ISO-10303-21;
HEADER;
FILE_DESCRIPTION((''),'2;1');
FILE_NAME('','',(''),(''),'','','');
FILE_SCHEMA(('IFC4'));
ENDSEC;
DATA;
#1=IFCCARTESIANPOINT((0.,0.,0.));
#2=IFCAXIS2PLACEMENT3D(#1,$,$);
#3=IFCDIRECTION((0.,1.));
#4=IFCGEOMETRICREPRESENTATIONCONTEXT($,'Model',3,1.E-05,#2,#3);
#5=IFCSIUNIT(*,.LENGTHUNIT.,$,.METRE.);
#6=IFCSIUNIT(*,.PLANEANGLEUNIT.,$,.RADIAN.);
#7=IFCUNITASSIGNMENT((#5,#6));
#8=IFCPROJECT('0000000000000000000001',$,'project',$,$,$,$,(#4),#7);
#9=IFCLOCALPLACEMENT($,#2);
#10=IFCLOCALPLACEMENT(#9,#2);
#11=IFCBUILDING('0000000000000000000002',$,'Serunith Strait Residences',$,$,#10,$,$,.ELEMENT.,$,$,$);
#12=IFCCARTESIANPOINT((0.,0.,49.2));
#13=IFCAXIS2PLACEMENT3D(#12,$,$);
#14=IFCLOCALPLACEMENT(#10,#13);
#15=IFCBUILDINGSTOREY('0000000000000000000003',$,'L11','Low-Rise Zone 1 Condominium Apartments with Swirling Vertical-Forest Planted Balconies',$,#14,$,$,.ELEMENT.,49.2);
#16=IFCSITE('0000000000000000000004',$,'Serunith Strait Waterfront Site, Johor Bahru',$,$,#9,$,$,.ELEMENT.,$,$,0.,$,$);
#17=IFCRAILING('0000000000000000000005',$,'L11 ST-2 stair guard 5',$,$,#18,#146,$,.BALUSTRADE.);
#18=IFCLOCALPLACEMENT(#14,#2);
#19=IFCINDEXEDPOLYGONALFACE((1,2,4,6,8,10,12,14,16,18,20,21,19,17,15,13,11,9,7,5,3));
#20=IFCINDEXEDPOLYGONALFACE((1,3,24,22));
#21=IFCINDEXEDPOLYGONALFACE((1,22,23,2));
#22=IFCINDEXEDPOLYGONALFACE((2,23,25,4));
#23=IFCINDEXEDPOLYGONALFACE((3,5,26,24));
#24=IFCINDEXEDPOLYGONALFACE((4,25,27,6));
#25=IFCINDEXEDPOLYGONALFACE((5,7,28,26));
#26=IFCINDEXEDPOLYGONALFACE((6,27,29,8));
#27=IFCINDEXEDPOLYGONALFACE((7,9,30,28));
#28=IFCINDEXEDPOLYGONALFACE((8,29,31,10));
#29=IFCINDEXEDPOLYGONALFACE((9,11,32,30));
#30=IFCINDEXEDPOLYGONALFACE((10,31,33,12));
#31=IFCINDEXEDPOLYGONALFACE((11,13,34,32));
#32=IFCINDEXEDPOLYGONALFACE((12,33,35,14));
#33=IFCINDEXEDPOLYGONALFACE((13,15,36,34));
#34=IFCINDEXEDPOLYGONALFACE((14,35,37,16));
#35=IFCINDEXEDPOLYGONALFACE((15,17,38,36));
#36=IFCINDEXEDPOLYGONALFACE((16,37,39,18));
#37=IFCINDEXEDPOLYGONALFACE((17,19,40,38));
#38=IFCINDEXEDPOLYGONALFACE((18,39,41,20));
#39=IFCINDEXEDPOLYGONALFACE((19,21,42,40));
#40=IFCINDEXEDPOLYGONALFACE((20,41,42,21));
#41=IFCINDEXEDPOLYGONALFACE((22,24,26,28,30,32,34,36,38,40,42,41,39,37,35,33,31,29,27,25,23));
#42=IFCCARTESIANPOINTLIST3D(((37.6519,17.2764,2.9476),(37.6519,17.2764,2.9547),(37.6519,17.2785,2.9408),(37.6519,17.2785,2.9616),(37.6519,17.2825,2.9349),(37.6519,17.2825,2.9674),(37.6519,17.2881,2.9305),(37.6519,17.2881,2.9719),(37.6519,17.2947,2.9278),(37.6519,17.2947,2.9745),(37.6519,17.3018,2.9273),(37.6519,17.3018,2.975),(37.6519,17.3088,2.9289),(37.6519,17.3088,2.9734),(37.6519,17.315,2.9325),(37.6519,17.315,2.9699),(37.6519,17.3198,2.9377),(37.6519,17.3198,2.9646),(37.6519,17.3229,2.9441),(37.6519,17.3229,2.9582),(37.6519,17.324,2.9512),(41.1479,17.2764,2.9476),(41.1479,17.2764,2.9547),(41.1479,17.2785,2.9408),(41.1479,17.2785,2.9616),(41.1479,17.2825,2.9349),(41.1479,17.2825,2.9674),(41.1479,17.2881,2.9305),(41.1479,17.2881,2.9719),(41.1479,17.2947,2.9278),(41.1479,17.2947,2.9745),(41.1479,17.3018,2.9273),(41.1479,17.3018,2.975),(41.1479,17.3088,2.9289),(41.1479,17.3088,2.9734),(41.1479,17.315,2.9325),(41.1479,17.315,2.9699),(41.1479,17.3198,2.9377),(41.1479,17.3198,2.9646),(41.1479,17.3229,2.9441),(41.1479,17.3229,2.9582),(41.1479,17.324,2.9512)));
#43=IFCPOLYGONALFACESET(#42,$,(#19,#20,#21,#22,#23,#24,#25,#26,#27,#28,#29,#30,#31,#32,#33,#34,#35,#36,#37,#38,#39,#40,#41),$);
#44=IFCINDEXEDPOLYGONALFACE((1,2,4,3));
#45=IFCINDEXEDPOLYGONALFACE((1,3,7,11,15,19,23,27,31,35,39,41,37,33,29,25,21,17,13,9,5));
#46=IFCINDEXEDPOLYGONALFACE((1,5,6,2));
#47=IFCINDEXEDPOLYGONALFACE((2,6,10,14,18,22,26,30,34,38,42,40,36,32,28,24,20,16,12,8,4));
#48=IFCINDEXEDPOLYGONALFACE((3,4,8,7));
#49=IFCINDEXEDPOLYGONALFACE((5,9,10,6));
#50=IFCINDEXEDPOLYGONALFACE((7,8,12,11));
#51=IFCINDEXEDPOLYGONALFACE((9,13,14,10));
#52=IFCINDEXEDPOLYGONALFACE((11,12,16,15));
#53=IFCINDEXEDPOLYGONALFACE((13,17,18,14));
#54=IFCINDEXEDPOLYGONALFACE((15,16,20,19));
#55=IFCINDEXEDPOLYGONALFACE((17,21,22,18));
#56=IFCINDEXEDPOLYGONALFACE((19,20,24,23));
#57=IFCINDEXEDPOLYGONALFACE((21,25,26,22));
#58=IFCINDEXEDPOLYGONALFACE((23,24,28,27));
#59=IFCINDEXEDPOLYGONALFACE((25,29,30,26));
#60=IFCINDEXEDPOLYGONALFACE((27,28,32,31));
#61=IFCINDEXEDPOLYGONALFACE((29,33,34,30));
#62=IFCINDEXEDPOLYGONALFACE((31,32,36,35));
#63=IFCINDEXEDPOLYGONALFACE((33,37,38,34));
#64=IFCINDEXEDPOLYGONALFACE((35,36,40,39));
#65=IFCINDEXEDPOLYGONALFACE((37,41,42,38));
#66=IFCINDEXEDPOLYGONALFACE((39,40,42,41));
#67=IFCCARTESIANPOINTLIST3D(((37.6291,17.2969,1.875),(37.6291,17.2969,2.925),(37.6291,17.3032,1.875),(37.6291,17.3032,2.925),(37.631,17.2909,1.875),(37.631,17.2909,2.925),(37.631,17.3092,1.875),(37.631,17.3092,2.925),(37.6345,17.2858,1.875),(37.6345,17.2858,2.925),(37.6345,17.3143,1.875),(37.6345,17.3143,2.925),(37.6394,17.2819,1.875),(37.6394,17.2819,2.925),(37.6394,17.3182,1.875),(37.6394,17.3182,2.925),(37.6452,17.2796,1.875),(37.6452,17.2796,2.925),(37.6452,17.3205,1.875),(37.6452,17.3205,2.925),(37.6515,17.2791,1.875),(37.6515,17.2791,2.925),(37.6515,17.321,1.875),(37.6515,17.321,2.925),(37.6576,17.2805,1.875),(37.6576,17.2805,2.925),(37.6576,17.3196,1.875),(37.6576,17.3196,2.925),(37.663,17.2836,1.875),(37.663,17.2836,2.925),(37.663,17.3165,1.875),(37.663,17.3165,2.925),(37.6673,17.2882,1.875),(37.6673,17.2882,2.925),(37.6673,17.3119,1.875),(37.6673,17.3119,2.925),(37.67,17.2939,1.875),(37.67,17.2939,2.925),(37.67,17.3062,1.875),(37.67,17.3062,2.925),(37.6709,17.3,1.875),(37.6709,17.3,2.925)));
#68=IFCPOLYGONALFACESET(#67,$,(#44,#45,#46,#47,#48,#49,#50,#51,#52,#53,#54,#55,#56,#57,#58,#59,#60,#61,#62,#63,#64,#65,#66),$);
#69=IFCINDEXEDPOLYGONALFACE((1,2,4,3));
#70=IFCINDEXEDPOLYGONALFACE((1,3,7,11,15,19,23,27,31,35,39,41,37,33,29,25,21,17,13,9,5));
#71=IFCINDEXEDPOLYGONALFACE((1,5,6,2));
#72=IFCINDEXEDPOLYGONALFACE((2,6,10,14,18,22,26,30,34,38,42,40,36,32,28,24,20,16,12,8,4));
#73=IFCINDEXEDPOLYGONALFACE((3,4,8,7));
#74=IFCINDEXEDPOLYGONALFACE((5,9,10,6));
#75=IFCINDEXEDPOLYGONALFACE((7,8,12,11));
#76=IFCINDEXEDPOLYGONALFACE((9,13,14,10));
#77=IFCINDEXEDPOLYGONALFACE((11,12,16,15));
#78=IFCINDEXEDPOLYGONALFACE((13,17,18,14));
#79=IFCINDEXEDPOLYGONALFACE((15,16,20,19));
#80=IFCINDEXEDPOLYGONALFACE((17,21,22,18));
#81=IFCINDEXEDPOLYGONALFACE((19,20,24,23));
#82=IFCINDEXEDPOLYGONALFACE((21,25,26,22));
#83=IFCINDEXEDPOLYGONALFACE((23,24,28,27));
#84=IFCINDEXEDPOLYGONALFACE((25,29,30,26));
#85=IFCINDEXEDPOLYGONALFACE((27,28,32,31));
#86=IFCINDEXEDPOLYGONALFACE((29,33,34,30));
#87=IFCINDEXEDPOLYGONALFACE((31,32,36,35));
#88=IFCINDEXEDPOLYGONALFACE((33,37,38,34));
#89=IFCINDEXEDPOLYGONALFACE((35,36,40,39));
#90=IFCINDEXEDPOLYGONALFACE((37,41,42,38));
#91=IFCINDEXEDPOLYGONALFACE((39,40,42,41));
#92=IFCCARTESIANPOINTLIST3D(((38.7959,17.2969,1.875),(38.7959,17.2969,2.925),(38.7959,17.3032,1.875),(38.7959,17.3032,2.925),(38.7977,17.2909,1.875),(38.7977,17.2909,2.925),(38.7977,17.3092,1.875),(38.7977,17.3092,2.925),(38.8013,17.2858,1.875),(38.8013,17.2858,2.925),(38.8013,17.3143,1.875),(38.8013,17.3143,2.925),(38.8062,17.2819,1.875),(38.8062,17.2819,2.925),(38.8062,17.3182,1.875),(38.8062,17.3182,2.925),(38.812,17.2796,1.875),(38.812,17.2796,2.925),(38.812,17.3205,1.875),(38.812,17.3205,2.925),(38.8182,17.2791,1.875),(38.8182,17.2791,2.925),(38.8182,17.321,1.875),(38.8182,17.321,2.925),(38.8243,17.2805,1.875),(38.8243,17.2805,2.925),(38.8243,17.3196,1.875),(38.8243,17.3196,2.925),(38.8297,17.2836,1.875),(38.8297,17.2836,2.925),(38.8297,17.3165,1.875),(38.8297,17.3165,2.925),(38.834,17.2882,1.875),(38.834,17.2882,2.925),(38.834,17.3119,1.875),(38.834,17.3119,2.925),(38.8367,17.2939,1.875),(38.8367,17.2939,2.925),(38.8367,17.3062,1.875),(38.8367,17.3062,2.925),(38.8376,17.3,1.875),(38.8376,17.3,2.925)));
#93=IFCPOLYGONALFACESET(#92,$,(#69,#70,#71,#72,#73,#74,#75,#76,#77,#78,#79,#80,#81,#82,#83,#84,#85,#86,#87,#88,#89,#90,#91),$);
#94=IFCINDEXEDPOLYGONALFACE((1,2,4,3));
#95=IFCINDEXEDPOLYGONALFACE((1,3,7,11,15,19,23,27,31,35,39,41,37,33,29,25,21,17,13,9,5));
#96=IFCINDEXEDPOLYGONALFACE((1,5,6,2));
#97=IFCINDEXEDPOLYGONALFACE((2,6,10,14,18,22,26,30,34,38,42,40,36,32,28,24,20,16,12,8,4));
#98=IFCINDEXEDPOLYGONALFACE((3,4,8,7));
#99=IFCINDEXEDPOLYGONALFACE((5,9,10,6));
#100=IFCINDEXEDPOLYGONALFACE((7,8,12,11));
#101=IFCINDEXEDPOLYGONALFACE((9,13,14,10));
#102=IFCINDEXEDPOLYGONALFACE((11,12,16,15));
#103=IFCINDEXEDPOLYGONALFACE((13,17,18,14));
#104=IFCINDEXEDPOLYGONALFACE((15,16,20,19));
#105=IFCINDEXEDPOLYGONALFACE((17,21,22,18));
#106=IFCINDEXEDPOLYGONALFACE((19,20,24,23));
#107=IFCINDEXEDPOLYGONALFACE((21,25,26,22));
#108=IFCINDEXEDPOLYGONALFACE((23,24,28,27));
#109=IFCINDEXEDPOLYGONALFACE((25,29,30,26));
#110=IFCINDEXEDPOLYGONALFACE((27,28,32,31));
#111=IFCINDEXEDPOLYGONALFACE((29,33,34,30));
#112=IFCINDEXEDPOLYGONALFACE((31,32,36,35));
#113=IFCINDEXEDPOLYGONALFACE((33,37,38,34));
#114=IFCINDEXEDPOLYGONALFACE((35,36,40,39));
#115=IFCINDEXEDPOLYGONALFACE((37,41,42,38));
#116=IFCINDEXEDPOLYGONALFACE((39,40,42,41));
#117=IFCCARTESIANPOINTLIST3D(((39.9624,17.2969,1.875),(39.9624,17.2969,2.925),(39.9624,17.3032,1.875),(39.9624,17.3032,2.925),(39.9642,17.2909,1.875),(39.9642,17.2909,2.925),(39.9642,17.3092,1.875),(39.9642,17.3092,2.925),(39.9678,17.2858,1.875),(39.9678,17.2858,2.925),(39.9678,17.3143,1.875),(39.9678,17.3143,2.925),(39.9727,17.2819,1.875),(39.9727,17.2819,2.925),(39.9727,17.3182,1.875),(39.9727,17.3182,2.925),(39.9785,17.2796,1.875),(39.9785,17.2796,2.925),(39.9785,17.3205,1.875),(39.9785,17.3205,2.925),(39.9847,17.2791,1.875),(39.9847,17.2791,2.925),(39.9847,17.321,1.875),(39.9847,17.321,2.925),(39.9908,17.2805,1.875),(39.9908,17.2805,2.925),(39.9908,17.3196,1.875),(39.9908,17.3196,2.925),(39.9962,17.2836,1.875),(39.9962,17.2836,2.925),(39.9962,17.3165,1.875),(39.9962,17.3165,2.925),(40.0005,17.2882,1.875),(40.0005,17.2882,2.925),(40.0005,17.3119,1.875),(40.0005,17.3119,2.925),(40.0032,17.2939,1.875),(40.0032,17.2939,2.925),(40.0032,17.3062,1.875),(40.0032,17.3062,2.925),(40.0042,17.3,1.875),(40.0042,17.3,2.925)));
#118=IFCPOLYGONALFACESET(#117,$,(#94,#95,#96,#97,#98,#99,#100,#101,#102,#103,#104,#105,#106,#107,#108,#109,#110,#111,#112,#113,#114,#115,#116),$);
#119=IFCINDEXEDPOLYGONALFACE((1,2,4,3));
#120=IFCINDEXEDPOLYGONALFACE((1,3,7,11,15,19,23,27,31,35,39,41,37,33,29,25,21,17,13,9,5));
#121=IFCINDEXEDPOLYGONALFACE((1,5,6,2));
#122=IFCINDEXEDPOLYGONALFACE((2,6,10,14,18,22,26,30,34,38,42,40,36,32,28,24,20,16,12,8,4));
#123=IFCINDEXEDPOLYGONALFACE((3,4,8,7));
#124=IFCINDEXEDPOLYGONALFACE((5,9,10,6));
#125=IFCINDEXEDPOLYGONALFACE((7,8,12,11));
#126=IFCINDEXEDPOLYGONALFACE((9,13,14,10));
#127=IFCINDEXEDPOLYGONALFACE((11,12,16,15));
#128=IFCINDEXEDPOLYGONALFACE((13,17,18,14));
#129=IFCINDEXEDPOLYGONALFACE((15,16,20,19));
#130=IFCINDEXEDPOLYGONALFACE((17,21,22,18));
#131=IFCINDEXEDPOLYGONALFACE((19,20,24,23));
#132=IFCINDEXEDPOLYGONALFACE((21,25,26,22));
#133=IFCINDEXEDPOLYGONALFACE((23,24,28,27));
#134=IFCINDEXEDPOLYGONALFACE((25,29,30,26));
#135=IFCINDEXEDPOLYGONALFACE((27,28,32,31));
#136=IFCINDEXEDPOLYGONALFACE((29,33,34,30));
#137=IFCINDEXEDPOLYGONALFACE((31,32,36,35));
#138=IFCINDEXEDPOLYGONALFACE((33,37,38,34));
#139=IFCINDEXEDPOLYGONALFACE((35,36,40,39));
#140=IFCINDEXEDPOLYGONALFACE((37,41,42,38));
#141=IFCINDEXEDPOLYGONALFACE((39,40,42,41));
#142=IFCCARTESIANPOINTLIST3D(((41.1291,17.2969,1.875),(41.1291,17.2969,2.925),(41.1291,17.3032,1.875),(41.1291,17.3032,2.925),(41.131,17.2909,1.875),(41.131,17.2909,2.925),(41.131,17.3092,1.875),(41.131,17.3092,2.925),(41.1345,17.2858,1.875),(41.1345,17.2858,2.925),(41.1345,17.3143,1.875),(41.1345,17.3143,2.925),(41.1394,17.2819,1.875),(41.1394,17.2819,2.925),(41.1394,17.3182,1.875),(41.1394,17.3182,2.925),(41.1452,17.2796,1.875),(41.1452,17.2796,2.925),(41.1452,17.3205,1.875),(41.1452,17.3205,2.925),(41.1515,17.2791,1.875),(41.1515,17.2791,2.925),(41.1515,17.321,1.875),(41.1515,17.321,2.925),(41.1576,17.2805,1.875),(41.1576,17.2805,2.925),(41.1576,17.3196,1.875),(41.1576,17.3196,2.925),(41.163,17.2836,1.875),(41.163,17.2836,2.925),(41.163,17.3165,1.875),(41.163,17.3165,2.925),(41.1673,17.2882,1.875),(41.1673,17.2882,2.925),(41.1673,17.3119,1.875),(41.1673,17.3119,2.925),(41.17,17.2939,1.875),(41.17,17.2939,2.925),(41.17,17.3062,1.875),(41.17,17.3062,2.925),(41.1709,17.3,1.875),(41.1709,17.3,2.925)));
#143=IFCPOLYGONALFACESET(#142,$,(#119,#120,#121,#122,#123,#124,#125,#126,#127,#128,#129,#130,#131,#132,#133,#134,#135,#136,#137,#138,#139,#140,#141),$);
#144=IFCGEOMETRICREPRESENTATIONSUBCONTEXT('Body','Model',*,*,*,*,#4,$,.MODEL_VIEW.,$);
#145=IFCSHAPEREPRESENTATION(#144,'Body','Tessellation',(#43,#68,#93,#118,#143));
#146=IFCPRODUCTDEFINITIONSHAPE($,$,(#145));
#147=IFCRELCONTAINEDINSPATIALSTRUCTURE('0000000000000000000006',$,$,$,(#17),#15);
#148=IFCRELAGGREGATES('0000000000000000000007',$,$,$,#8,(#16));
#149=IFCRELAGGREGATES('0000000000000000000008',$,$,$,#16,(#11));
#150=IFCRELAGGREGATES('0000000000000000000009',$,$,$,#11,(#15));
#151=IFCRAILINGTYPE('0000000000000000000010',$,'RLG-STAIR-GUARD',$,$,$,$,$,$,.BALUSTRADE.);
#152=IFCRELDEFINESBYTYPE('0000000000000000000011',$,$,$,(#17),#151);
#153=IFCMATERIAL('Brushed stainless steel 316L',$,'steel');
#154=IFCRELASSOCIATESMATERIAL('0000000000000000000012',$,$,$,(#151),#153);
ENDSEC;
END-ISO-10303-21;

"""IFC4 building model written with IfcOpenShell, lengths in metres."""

from ifc_helpers import new_model, si_unit, direction, frame, origin, origin_2d, place, context, subcontext, project, spatial, circle, extrude, material, type_object, element, save


model = new_model("IFC4")

# Units and contexts
model_context = context("Model", 3, precision=1e-05, world=origin(), true_north=direction((0.0, 1.0)))
body_context = subcontext(model_context, "Body", "Model", "MODEL_VIEW")
ifc_project = project(units=[si_unit("LENGTHUNIT", "METRE"), si_unit("PLANEANGLEUNIT", "RADIAN")], contexts=[model_context])

# Site, building, storey
site_placement = place(None, origin())
site = spatial("IfcSite", under=ifc_project, at=site_placement, Name="Serunith Strait Waterfront Site, Johor Bahru", CompositionType="ELEMENT", RefElevation=0.0)
building_placement = place(site_placement, origin())
building = spatial("IfcBuilding", under=site, at=building_placement, Name="Serunith Strait Residences", CompositionType="ELEMENT")
storey_placement = place(building_placement, frame((0.0, 0.0, 49.2)))
storey = spatial("IfcBuildingStorey", under=building, at=storey_placement, Name="L11", Description="Low-Rise Zone 1 Condominium Apartments with Swirling Vertical-Forest Planted Balconies", CompositionType="ELEMENT", Elevation=49.2)

# Railing
ifc_material_1 = material(Name="Brushed stainless steel 316L", Category="steel")
railing_type_1 = type_object("IfcRailingType", Name="RLG-STAIR-GUARD", PredefinedType="BALUSTRADE", material=ifc_material_1)
railing_1_placement = place(storey_placement, frame((37.6499, 17.3, 1.875)))
element("IfcRailing", 1, at=railing_1_placement, inside=storey, type_object=railing_type_1, Name="L11 ST-2 stair guard 5", PredefinedType="BALUSTRADE", context=body_context, shape_type="SweptSolid", body=[
    extrude(circle(Radius=0.0239, at=origin_2d()), frame((0.002, 0.0, 1.0762), z_axis=(1.0, 0.0, 0.0), x_axis=(0.0, 1.0, 0.0)), (0.0, 0.0, 1.0), 3.4961),
    extrude(circle(Radius=0.021, at=origin_2d()), origin(), (0.0, 0.0, 1.0), 1.05),
    extrude(circle(Radius=0.021, at=origin_2d()), frame((1.1667, 0.0, 0.0)), (0.0, 0.0, 1.0), 1.05),
    extrude(circle(Radius=0.021, at=origin_2d()), frame((2.3333, 0.0, 0.0)), (0.0, 0.0, 1.0), 1.05),
    extrude(circle(Radius=0.021, at=origin_2d()), frame((3.5, 0.0, 0.0)), (0.0, 0.0, 1.0), 1.05),
])

save(model, "model.ifc")
